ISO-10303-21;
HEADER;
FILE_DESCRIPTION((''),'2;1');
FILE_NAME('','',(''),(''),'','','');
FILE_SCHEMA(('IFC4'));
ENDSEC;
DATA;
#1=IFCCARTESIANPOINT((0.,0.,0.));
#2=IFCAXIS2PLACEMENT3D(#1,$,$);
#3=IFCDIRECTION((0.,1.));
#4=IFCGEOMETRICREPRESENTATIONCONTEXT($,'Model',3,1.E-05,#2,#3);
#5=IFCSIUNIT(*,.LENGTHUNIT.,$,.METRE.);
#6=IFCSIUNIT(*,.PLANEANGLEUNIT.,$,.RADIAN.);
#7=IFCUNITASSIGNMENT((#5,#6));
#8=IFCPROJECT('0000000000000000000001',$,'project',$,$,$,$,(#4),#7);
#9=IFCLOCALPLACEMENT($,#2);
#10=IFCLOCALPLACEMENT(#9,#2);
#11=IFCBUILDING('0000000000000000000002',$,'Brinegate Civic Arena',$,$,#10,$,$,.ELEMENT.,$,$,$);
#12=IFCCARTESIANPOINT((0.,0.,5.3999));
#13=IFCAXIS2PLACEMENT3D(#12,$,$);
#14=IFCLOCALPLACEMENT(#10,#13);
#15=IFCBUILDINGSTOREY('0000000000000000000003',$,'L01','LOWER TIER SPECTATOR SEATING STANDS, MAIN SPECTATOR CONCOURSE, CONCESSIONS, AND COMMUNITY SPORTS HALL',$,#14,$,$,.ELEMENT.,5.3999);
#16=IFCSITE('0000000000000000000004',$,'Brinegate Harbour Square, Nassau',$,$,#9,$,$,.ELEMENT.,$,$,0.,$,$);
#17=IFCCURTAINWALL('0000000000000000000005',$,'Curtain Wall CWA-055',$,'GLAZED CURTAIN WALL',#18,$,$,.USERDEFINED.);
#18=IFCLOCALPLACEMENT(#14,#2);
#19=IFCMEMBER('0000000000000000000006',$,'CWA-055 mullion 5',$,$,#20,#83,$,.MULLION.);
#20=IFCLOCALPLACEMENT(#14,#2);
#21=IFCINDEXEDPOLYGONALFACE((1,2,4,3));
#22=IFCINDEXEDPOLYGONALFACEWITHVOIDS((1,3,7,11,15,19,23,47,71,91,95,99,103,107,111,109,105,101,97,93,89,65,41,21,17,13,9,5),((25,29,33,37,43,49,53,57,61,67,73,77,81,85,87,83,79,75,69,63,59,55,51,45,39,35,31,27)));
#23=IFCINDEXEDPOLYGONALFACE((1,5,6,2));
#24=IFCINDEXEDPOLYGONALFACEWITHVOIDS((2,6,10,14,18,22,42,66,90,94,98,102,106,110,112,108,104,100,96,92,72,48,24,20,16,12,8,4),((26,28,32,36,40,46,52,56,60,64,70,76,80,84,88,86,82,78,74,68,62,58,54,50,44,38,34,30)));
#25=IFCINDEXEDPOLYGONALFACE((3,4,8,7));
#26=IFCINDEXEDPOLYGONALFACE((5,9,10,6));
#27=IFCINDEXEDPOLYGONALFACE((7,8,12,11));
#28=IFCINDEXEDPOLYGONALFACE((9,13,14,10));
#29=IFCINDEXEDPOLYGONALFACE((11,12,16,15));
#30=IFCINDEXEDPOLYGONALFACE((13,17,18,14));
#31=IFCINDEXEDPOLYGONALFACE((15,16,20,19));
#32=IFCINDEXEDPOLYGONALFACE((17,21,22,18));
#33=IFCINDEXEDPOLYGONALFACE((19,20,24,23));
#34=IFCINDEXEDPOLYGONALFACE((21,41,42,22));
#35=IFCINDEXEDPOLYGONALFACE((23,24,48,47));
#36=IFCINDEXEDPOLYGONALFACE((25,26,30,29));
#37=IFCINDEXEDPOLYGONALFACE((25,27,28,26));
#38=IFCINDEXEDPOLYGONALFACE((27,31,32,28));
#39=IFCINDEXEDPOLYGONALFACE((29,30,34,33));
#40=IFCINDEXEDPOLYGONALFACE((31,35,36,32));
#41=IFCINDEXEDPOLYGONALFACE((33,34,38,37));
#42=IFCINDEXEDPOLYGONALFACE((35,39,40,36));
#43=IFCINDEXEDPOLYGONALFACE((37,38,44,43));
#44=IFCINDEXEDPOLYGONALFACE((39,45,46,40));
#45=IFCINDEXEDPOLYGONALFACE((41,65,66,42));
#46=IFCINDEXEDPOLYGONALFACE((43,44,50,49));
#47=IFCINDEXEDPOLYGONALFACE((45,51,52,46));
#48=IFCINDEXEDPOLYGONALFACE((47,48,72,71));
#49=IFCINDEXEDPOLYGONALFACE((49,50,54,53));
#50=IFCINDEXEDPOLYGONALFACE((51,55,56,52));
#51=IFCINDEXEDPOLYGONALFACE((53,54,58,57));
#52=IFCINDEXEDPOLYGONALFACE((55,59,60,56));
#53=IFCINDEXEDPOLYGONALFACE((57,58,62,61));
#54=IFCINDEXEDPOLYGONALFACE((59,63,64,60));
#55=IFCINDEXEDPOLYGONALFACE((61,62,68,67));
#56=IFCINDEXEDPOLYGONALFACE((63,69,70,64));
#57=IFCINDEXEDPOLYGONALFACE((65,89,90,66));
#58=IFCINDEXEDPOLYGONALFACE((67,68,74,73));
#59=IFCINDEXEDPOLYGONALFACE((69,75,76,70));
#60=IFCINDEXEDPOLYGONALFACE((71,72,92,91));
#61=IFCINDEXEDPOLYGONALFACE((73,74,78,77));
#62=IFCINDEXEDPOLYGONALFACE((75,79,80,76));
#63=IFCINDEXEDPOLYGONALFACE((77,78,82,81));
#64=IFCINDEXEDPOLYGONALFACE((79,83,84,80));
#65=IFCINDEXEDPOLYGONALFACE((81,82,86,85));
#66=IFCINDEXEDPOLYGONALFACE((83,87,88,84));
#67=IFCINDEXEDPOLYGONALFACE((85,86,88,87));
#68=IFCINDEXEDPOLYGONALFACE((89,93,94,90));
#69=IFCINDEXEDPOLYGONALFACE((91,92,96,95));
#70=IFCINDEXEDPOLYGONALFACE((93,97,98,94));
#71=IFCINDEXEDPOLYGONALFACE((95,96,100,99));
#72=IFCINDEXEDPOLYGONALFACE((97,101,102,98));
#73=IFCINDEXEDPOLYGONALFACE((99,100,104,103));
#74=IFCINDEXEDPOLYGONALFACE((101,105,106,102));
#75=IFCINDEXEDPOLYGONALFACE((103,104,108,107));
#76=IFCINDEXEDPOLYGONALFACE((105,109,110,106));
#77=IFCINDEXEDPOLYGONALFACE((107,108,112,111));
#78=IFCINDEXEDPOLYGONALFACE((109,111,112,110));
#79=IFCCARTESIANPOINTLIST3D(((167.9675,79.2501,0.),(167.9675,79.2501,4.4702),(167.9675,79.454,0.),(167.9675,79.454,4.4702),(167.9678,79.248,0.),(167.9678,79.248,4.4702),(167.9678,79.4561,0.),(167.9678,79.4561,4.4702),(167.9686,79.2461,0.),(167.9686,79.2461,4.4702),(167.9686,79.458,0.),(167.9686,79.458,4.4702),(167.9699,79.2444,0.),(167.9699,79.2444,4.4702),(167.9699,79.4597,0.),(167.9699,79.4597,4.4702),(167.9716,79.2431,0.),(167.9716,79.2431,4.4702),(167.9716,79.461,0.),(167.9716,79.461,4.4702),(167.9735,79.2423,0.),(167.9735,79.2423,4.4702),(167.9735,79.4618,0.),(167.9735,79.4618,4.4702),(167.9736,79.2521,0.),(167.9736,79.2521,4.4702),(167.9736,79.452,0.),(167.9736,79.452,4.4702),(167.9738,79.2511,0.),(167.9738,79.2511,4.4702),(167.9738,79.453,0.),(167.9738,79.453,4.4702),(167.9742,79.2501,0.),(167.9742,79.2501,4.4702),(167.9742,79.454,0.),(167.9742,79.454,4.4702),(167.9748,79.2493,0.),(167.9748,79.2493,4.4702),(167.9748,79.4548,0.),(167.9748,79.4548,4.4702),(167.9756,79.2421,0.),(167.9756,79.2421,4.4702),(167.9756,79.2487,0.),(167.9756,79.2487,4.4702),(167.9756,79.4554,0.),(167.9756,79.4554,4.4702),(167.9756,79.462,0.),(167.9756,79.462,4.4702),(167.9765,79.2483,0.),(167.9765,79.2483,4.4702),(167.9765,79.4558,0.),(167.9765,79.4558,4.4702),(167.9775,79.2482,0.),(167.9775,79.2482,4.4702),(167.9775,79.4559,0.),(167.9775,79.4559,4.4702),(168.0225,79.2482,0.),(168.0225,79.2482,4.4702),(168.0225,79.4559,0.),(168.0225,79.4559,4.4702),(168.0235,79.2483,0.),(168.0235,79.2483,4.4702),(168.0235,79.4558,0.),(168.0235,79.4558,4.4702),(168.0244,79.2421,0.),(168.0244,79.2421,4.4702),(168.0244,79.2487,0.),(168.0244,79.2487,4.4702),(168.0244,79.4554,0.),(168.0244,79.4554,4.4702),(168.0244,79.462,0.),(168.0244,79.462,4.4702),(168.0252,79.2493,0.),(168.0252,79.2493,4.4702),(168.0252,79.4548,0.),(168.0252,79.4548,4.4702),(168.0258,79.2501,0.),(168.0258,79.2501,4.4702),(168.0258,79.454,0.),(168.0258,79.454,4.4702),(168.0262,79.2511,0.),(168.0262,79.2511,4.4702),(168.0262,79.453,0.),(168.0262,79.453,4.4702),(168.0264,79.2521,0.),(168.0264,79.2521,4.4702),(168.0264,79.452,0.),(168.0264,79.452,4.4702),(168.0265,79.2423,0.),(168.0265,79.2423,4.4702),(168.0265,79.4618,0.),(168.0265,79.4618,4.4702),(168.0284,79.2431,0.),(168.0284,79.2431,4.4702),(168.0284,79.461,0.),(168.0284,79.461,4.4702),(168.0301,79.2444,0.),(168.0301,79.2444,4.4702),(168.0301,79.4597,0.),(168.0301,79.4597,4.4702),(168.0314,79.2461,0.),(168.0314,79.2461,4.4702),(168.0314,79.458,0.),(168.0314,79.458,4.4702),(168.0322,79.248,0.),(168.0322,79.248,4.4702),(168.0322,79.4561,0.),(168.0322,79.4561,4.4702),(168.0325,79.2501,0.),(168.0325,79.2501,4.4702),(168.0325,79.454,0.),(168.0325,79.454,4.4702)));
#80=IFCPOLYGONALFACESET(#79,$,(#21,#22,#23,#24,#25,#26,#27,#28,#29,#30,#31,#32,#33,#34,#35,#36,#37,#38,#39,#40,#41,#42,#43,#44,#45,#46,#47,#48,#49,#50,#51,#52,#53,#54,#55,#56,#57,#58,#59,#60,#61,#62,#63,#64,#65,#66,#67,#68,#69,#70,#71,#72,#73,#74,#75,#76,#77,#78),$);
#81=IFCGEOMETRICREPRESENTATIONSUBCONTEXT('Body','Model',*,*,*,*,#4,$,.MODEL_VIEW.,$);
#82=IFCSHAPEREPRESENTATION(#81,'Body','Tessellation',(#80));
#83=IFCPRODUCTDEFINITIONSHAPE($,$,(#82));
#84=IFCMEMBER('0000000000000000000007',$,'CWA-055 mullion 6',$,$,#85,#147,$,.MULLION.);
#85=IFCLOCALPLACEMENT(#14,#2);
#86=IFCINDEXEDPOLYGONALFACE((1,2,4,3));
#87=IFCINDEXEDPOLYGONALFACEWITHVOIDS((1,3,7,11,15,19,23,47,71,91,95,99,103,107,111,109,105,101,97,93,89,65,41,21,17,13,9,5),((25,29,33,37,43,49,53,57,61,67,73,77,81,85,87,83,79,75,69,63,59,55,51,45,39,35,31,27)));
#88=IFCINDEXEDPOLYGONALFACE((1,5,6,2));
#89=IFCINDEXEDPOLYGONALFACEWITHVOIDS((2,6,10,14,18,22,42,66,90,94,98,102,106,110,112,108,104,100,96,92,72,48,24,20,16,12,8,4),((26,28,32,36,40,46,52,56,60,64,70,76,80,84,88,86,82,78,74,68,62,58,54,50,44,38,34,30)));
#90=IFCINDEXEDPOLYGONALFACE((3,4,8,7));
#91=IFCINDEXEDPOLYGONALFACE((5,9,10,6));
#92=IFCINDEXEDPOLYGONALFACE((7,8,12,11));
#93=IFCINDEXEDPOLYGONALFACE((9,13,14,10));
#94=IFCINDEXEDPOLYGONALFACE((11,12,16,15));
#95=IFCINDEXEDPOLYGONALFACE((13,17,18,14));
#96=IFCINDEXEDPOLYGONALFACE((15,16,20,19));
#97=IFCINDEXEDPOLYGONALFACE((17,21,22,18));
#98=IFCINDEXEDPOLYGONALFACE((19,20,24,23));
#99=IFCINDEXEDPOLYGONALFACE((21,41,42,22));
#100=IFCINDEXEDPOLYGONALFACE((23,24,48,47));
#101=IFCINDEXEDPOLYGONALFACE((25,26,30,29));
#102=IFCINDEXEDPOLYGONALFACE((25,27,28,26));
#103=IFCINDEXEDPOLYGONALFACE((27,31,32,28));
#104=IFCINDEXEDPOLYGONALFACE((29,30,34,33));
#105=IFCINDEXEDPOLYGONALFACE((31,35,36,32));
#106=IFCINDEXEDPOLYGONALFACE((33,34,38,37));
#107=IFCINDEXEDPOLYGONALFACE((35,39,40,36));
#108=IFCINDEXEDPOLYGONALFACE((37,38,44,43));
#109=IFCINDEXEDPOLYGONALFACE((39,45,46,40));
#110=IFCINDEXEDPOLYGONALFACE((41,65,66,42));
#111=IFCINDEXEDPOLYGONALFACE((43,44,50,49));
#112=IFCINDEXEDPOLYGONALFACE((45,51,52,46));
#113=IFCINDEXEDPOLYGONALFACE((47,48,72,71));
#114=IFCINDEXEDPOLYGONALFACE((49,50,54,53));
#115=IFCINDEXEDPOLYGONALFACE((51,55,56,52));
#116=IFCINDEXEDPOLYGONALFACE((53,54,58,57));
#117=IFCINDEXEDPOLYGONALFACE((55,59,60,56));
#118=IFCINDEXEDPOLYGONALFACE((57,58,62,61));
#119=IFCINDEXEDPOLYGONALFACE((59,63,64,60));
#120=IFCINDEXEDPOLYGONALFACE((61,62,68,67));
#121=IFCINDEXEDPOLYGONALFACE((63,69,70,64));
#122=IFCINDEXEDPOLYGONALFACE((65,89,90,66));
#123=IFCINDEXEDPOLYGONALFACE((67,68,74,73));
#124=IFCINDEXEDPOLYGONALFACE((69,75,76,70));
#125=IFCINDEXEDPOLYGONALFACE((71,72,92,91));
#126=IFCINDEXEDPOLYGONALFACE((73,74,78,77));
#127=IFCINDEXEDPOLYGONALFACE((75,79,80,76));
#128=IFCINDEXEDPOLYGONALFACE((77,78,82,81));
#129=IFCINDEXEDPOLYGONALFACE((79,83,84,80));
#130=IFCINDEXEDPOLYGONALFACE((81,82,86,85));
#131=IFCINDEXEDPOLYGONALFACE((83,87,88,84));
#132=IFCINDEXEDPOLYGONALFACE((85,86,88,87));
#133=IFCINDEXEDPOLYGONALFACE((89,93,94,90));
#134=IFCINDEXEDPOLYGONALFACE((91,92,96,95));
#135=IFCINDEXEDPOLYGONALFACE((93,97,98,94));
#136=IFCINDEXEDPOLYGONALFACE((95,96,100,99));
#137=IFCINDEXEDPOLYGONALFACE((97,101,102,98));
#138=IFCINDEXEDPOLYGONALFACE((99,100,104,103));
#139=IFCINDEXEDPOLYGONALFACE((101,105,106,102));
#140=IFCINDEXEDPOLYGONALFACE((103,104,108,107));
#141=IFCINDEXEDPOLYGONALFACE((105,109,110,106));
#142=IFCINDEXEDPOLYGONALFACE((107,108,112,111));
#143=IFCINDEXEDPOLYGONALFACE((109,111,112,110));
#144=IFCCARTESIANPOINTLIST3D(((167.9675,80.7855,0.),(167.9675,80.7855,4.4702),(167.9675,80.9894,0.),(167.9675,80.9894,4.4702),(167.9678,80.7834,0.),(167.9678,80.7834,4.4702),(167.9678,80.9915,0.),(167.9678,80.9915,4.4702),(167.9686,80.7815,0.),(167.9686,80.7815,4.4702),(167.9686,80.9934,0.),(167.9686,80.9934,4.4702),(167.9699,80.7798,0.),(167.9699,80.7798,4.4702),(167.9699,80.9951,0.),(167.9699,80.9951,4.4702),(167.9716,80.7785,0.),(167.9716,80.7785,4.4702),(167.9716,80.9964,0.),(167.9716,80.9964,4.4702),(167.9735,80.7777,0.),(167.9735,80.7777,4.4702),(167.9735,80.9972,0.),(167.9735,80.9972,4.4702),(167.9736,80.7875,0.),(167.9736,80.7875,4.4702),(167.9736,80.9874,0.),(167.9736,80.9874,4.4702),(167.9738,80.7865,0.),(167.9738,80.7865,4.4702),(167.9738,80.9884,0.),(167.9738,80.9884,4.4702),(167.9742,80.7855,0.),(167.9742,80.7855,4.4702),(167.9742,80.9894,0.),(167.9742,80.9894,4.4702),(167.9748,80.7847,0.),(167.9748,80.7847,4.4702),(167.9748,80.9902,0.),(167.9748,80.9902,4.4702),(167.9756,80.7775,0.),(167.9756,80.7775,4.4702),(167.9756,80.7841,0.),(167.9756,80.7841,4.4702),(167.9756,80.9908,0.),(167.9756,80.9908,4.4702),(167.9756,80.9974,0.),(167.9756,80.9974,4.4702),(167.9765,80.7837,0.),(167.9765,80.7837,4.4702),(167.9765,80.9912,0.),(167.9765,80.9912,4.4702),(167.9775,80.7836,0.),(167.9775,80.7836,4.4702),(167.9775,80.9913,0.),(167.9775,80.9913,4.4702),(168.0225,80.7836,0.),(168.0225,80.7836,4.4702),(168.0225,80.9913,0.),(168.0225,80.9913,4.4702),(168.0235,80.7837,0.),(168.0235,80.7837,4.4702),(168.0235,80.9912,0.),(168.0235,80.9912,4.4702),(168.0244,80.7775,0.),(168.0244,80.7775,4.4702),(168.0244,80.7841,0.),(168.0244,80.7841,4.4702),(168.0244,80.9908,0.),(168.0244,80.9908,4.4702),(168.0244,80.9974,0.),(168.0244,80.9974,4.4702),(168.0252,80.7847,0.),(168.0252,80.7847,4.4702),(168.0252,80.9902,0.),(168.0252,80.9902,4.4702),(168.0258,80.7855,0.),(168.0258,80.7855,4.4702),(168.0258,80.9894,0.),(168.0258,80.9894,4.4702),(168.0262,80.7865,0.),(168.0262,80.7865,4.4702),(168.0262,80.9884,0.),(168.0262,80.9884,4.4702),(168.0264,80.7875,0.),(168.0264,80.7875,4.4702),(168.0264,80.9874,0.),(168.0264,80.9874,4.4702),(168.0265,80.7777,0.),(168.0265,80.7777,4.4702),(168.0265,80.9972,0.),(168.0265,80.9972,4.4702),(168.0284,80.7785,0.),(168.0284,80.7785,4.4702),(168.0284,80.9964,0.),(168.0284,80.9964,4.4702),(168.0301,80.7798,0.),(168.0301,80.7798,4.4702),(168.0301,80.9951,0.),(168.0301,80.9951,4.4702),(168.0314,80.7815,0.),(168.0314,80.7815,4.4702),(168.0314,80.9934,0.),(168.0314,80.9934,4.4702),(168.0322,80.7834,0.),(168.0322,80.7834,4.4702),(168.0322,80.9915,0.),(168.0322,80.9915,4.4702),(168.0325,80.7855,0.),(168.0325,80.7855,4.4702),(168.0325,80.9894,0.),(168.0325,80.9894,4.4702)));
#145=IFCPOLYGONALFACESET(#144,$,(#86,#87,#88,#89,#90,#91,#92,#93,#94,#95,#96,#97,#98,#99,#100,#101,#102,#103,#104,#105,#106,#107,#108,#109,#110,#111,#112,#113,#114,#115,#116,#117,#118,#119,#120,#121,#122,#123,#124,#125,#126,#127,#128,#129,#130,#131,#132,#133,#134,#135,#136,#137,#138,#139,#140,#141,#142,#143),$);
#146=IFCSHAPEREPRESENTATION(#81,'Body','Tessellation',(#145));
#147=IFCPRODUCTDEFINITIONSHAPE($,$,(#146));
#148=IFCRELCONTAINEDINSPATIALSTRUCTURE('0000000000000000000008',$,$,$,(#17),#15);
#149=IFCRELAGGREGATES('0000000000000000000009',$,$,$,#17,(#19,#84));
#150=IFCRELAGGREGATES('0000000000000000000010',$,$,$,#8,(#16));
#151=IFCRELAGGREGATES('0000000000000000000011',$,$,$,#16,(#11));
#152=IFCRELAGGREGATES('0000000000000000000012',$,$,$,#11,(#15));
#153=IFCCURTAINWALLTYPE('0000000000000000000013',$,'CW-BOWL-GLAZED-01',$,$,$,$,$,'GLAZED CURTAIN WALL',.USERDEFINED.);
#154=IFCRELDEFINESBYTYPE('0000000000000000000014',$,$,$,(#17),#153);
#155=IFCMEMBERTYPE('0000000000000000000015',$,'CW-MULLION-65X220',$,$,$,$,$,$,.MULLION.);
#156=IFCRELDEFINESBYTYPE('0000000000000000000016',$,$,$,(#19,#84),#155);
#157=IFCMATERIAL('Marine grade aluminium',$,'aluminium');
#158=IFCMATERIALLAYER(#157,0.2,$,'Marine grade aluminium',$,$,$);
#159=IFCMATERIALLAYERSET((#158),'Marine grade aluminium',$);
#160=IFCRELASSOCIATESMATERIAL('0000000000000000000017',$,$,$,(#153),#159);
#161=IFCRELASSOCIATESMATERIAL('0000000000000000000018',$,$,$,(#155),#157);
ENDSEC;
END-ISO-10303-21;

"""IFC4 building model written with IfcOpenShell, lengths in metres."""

from ifc_helpers import new_model, si_unit, direction, frame, origin, origin_2d, place, context, subcontext, project, spatial, hollow_rectangle, extrude, material, layer, layer_set, material_profile, profile_set, type_object, element, aggregate, save


model = new_model("IFC4")

# Units and contexts
model_context = context("Model", 3, precision=1e-05, world=origin(), true_north=direction((0.0, 1.0)))
body_context = subcontext(model_context, "Body", "Model", "MODEL_VIEW")
ifc_project = project(units=[si_unit("LENGTHUNIT", "METRE"), si_unit("PLANEANGLEUNIT", "RADIAN")], contexts=[model_context])

# Site, building, storey
site_placement = place(None, origin())
site = spatial("IfcSite", under=ifc_project, at=site_placement, Name="Brinegate Harbour Square, Nassau", CompositionType="ELEMENT", RefElevation=0.0)
building_placement = place(site_placement, origin())
building = spatial("IfcBuilding", under=site, at=building_placement, Name="Brinegate Civic Arena", CompositionType="ELEMENT")
storey_placement = place(building_placement, frame((0.0, 0.0, 5.3999)))
storey = spatial("IfcBuildingStorey", under=building, at=storey_placement, Name="L01", Description="LOWER TIER SPECTATOR SEATING STANDS, MAIN SPECTATOR CONCOURSE, CONCESSIONS, AND COMMUNITY SPORTS HALL", CompositionType="ELEMENT", Elevation=5.3999)

# Curtain wall, members
ifc_material_1 = material(Name="Marine grade aluminium", Category="aluminium")
ifc_layer_1 = layer(ifc_material_1, 0.2, Name="Marine grade aluminium")
ifc_layer_set_1 = layer_set([ifc_layer_1], Name="Marine grade aluminium")
curtain_wall_type = type_object("IfcCurtainWallType", Name="CW-BOWL-GLAZED-01", ElementType="GLAZED CURTAIN WALL", PredefinedType="USERDEFINED", material=ifc_layer_set_1)
curtain_wall_placement = place(storey_placement, origin())
curtain_wall = element("IfcCurtainWall", 1, at=curtain_wall_placement, inside=storey, type_object=curtain_wall_type, Name="Curtain Wall CWA-055", ObjectType="GLAZED CURTAIN WALL", PredefinedType="USERDEFINED")
ifc_material_profile_1 = material_profile(ifc_material_1, hollow_rectangle(XDim=0.0649, YDim=0.22, WallThickness=0.0061, InnerFilletRadius=0.0039, OuterFilletRadius=0.0081, at=origin_2d()), Name="MUL65X220")
ifc_profile_set_1 = profile_set([ifc_material_profile_1], Name="Marine grade aluminium")
member_type_1 = type_object("IfcMemberType", Name="CW-MULLION-65X220", PredefinedType="MULLION", material=ifc_profile_set_1)
member_1_placement = place(storey_placement, frame((168.0, 79.3521, 0.0), z_axis=(0.0, 0.0, 1.0), x_axis=(-1.0, 0.0, 0.0)))
member_1 = element("IfcMember", 2, at=member_1_placement, type_object=member_type_1, Name="CWA-055 mullion 5", PredefinedType="MULLION", context=body_context, shape_type="SweptSolid", body=[
    extrude(hollow_rectangle(XDim=0.0649, YDim=0.22, WallThickness=0.0061, InnerFilletRadius=0.0039, OuterFilletRadius=0.0081, at=origin_2d()), origin(), (0.0, 0.0, 1.0), 4.4702),
])
member_2_placement = place(storey_placement, frame((168.0, 80.8875, 0.0), z_axis=(0.0, 0.0, 1.0), x_axis=(-1.0, 0.0, 0.0)))
member_2 = element("IfcMember", 3, at=member_2_placement, type_object=member_type_1, Name="CWA-055 mullion 6", PredefinedType="MULLION", context=body_context, shape_type="SweptSolid", body=[
    extrude(hollow_rectangle(XDim=0.0649, YDim=0.22, WallThickness=0.0061, InnerFilletRadius=0.0039, OuterFilletRadius=0.0081, at=origin_2d()), origin(), (0.0, 0.0, 1.0), 4.4702),
])
aggregate(curtain_wall, [member_1, member_2])

save(model, "model.ifc")
